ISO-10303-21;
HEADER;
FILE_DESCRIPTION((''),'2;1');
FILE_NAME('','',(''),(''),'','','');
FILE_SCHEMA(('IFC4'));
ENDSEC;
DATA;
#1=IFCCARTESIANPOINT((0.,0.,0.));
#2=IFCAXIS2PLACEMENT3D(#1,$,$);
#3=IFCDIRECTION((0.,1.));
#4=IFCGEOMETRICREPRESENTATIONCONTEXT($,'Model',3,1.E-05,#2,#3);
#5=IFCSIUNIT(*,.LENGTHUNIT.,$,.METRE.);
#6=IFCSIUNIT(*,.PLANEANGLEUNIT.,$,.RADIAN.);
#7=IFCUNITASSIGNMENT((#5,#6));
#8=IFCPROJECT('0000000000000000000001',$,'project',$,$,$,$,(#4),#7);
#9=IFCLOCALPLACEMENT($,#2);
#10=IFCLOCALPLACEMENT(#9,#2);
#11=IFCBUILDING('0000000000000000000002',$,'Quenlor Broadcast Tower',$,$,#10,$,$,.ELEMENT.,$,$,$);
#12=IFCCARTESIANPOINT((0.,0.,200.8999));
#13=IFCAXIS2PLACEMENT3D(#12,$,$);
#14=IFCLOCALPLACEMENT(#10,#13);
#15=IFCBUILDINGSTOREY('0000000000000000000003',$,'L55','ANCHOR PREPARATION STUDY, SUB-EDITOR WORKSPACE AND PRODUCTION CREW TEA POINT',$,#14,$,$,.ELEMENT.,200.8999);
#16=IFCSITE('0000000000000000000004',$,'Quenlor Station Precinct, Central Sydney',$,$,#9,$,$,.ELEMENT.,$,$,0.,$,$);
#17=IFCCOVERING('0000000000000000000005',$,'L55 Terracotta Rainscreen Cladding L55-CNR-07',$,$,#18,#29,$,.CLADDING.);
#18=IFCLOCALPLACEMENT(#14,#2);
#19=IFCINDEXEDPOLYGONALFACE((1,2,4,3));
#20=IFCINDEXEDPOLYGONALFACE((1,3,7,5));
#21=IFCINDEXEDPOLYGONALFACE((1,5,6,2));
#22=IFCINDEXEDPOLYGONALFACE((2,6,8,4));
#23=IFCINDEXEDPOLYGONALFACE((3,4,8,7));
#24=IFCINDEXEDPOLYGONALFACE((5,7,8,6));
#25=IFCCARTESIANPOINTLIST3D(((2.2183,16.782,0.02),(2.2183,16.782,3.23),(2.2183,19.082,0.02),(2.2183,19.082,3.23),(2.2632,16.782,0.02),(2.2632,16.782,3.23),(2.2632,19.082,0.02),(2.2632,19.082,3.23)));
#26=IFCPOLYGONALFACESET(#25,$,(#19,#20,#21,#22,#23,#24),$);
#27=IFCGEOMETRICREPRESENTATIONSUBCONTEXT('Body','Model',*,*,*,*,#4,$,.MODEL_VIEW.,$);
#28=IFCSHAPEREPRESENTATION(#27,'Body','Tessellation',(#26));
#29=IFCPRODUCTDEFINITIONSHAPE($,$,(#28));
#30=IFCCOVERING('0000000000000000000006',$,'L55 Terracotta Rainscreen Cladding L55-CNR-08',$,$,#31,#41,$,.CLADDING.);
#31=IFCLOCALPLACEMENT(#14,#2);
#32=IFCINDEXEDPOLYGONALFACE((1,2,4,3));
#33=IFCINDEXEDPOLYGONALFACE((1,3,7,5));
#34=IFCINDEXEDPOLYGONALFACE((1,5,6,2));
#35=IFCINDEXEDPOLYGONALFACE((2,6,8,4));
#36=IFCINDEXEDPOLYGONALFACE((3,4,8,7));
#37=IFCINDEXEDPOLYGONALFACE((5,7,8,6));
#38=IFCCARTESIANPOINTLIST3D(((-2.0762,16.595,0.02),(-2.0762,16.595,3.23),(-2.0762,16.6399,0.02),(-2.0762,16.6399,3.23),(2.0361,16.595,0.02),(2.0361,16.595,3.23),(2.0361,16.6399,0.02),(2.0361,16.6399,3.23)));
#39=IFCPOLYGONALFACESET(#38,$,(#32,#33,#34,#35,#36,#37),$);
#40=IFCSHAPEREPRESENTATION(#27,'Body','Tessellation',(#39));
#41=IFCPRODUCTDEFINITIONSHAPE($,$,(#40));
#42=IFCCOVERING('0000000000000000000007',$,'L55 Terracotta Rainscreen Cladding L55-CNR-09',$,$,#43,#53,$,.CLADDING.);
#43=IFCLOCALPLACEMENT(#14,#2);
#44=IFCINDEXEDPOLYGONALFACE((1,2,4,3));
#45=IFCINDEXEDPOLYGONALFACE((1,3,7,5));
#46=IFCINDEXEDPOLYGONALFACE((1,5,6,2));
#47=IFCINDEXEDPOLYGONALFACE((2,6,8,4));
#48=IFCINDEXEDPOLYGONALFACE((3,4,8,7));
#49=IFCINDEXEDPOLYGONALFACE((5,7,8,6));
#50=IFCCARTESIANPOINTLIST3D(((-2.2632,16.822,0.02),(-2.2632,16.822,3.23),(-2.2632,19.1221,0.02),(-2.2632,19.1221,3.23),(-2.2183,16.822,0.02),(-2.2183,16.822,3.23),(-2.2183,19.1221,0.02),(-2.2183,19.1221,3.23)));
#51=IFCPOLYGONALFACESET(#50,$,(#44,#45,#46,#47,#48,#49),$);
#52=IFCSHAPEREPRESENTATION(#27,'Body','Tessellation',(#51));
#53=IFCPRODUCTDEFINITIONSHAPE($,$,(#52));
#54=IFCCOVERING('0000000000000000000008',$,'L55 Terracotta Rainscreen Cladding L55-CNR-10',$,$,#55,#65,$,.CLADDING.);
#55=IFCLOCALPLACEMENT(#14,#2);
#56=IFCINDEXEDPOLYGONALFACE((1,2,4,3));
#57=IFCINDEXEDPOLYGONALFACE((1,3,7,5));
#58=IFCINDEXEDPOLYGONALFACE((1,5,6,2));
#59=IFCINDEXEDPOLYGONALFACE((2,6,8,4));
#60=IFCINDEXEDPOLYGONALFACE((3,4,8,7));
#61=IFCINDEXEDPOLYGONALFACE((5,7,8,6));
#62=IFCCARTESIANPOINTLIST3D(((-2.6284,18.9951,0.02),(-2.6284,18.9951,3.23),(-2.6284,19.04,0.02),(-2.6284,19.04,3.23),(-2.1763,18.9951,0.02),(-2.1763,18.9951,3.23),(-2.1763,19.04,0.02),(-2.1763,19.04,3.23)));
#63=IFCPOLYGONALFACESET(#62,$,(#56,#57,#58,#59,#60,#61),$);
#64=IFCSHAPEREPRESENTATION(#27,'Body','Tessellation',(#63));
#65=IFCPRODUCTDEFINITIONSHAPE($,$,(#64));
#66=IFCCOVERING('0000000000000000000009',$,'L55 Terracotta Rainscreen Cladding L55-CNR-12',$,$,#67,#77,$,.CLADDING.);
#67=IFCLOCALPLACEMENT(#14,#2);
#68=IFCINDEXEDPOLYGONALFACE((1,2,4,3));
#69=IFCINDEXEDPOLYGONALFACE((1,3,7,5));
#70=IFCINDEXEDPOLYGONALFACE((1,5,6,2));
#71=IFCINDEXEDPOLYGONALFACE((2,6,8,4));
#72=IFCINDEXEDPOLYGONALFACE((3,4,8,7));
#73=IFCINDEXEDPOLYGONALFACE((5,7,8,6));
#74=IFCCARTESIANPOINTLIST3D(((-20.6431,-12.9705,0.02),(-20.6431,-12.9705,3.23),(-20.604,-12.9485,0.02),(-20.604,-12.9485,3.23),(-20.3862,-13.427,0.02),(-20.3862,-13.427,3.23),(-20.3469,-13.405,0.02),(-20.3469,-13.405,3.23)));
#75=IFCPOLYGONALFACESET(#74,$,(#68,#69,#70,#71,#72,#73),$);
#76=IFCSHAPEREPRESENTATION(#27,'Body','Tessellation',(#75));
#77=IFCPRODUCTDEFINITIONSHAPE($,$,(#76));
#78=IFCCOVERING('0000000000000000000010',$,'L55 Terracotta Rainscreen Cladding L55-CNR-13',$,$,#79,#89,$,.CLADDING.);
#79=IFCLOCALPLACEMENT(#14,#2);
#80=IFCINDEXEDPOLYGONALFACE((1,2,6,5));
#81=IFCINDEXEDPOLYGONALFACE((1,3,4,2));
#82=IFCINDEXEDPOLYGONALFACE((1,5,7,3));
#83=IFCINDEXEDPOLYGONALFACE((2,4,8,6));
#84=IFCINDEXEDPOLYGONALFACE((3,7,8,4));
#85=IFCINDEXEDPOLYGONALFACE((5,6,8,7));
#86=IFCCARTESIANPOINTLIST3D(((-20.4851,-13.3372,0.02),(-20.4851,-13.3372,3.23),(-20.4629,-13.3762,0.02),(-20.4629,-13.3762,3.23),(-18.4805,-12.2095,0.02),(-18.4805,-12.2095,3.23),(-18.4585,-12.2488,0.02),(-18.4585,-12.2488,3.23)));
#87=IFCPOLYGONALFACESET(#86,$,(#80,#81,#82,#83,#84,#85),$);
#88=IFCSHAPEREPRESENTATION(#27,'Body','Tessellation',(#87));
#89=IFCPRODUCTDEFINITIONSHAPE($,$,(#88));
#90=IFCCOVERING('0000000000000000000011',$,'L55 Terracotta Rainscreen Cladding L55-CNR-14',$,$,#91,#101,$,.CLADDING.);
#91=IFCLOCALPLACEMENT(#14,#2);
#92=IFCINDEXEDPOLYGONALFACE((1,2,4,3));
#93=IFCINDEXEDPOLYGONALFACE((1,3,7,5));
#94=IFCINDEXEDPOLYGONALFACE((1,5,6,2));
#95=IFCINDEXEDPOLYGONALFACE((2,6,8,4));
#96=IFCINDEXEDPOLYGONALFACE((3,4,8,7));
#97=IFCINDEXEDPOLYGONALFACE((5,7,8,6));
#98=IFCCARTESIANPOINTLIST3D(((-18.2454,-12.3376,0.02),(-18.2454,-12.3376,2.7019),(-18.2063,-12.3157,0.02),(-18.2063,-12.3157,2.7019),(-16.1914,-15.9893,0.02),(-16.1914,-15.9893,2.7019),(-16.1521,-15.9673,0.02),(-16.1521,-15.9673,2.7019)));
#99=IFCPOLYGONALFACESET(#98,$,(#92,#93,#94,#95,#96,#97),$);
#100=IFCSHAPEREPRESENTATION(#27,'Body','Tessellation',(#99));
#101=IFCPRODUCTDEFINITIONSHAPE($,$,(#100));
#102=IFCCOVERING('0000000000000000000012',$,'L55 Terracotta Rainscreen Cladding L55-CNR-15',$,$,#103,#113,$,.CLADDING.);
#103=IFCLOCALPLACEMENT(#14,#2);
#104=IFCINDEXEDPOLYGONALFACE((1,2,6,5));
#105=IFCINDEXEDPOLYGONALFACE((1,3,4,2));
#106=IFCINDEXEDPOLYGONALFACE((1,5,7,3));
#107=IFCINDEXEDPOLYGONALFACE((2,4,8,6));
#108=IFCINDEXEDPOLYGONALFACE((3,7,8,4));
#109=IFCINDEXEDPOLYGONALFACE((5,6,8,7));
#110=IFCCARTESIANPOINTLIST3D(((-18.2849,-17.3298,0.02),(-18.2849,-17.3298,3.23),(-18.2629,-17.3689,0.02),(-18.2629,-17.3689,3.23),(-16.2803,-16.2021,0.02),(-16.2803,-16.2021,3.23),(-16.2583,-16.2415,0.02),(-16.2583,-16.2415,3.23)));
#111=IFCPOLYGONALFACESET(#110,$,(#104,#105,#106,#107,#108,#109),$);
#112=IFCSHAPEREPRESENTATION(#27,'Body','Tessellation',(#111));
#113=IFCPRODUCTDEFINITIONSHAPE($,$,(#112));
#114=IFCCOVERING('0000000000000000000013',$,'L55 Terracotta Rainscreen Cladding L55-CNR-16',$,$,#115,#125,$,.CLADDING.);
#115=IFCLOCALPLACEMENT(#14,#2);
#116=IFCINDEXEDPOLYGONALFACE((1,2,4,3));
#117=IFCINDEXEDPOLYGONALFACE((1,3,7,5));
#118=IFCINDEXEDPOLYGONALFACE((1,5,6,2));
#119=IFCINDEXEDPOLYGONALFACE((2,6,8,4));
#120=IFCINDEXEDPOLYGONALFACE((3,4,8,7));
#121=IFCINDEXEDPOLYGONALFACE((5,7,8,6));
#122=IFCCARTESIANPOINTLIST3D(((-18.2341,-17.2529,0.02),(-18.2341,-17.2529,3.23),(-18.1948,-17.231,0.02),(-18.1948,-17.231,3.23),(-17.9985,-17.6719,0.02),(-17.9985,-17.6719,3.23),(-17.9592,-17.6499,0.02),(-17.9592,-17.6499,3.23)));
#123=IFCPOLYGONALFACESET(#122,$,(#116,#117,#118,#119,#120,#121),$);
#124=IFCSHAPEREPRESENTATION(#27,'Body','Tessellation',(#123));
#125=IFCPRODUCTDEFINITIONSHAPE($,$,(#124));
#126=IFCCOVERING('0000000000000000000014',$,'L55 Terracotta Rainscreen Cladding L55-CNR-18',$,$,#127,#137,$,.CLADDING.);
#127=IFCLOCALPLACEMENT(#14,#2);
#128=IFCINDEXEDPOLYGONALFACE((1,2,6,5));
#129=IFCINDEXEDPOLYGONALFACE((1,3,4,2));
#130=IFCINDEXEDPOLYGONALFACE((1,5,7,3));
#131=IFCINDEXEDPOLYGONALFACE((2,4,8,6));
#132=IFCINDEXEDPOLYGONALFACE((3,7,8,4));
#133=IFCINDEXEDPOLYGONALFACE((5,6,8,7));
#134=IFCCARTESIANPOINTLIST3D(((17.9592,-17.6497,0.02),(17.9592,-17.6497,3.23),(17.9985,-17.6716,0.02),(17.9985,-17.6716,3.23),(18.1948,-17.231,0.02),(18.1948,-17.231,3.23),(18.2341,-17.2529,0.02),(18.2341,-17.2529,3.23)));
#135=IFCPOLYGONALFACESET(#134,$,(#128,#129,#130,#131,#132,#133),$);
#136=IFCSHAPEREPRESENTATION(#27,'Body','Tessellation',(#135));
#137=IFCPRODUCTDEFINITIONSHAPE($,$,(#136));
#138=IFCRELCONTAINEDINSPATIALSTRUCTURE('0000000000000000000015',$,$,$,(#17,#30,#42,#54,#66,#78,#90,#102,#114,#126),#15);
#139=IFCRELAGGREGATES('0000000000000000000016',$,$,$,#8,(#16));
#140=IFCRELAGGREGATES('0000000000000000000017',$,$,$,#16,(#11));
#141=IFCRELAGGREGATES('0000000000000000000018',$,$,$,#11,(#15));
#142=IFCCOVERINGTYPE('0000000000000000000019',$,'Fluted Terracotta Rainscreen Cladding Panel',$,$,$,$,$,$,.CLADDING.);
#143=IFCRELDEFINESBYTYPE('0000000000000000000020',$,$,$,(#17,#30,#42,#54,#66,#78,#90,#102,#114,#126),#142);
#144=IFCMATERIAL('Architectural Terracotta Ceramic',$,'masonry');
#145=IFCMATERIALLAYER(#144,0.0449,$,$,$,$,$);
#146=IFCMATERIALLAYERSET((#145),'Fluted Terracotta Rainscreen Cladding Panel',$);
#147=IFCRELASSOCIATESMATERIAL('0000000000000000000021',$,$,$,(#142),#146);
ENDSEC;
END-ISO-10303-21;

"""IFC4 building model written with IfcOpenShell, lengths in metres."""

from ifc_helpers import new_model, si_unit, direction, frame, origin, place, context, subcontext, project, spatial, polyline, outline, extrude, material, layer, layer_set, type_object, element, save


model = new_model("IFC4")

# Units and contexts
model_context = context("Model", 3, precision=1e-05, world=origin(), true_north=direction((0.0, 1.0)))
body_context = subcontext(model_context, "Body", "Model", "MODEL_VIEW")
ifc_project = project(units=[si_unit("LENGTHUNIT", "METRE"), si_unit("PLANEANGLEUNIT", "RADIAN")], contexts=[model_context])

# Site, building, storey
site_placement = place(None, origin())
site = spatial("IfcSite", under=ifc_project, at=site_placement, Name="Quenlor Station Precinct, Central Sydney", CompositionType="ELEMENT", RefElevation=0.0)
building_placement = place(site_placement, origin())
building = spatial("IfcBuilding", under=site, at=building_placement, Name="Quenlor Broadcast Tower", CompositionType="ELEMENT")
storey_placement = place(building_placement, frame((0.0, 0.0, 200.8999)))
storey = spatial("IfcBuildingStorey", under=building, at=storey_placement, Name="L55", Description="ANCHOR PREPARATION STUDY, SUB-EDITOR WORKSPACE AND PRODUCTION CREW TEA POINT", CompositionType="ELEMENT", Elevation=200.8999)

# Coverings
ifc_material_1 = material(Name="Architectural Terracotta Ceramic", Category="masonry")
ifc_layer_1 = layer(ifc_material_1, 0.0449)
ifc_layer_set_1 = layer_set([ifc_layer_1], Name="Fluted Terracotta Rainscreen Cladding Panel")
covering_type_1 = type_object("IfcCoveringType", Name="Fluted Terracotta Rainscreen Cladding Panel", PredefinedType="CLADDING", material=ifc_layer_set_1)
covering_1_placement = place(storey_placement, frame((0.0, 0.0, 0.02)))
element("IfcCovering", 1, at=covering_1_placement, inside=storey, type_object=covering_type_1, Name="L55 Terracotta Rainscreen Cladding L55-CNR-07", PredefinedType="CLADDING", context=body_context, shape_type="SweptSolid", body=[
    extrude(outline(polyline([(2.2183, 19.082), (2.2183, 16.782), (2.2632, 16.782), (2.2632, 19.082), (2.2183, 19.082)])), origin(), (0.0, 0.0, 1.0), 3.21),
])
covering_2_placement = place(storey_placement, frame((0.0, 0.0, 0.02)))
element("IfcCovering", 2, at=covering_2_placement, inside=storey, type_object=covering_type_1, Name="L55 Terracotta Rainscreen Cladding L55-CNR-08", PredefinedType="CLADDING", context=body_context, shape_type="SweptSolid", body=[
    extrude(outline(polyline([(2.0361, 16.6399), (-2.0762, 16.6399), (-2.0762, 16.595), (2.0361, 16.595), (2.0361, 16.6399)])), origin(), (0.0, 0.0, 1.0), 3.21),
])
covering_3_placement = place(storey_placement, frame((0.0, 0.0, 0.02)))
element("IfcCovering", 3, at=covering_3_placement, inside=storey, type_object=covering_type_1, Name="L55 Terracotta Rainscreen Cladding L55-CNR-09", PredefinedType="CLADDING", context=body_context, shape_type="SweptSolid", body=[
    extrude(outline(polyline([(-2.2183, 16.822), (-2.2183, 19.1221), (-2.2632, 19.1221), (-2.2632, 16.822), (-2.2183, 16.822)])), origin(), (0.0, 0.0, 1.0), 3.21),
])
covering_4_placement = place(storey_placement, frame((0.0, 0.0, 0.02)))
element("IfcCovering", 4, at=covering_4_placement, inside=storey, type_object=covering_type_1, Name="L55 Terracotta Rainscreen Cladding L55-CNR-10", PredefinedType="CLADDING", context=body_context, shape_type="SweptSolid", body=[
    extrude(outline(polyline([(-2.1763, 19.04), (-2.6284, 19.04), (-2.6284, 18.9951), (-2.1763, 18.9951), (-2.1763, 19.04)])), origin(), (0.0, 0.0, 1.0), 3.21),
])
covering_5_placement = place(storey_placement, frame((0.0, 0.0, 0.02)))
element("IfcCovering", 5, at=covering_5_placement, inside=storey, type_object=covering_type_1, Name="L55 Terracotta Rainscreen Cladding L55-CNR-12", PredefinedType="CLADDING", context=body_context, shape_type="SweptSolid", body=[
    extrude(outline(polyline([(-20.6431, -12.9705), (-20.3862, -13.427), (-20.3469, -13.405), (-20.604, -12.9485), (-20.6431, -12.9705)])), origin(), (0.0, 0.0, 1.0), 3.21),
])
covering_6_placement = place(storey_placement, frame((0.0, 0.0, 0.02)))
element("IfcCovering", 6, at=covering_6_placement, inside=storey, type_object=covering_type_1, Name="L55 Terracotta Rainscreen Cladding L55-CNR-13", PredefinedType="CLADDING", context=body_context, shape_type="SweptSolid", body=[
    extrude(outline(polyline([(-20.4629, -13.3762), (-18.4585, -12.2488), (-18.4805, -12.2095), (-20.4851, -13.3372), (-20.4629, -13.3762)])), origin(), (0.0, 0.0, 1.0), 3.21),
])
covering_7_placement = place(storey_placement, frame((0.0, 0.0, 0.02)))
element("IfcCovering", 7, at=covering_7_placement, inside=storey, type_object=covering_type_1, Name="L55 Terracotta Rainscreen Cladding L55-CNR-14", PredefinedType="CLADDING", context=body_context, shape_type="SweptSolid", body=[
    extrude(outline(polyline([(-18.2454, -12.3376), (-16.1914, -15.9893), (-16.1521, -15.9673), (-18.2063, -12.3157), (-18.2454, -12.3376)])), origin(), (0.0, 0.0, 1.0), 2.6819),
])
covering_8_placement = place(storey_placement, frame((0.0, 0.0, 0.02)))
element("IfcCovering", 8, at=covering_8_placement, inside=storey, type_object=covering_type_1, Name="L55 Terracotta Rainscreen Cladding L55-CNR-15", PredefinedType="CLADDING", context=body_context, shape_type="SweptSolid", body=[
    extrude(outline(polyline([(-16.2803, -16.2021), (-18.2849, -17.3298), (-18.2629, -17.3689), (-16.2583, -16.2415), (-16.2803, -16.2021)])), origin(), (0.0, 0.0, 1.0), 3.21),
])
covering_9_placement = place(storey_placement, frame((0.0, 0.0, 0.02)))
element("IfcCovering", 9, at=covering_9_placement, inside=storey, type_object=covering_type_1, Name="L55 Terracotta Rainscreen Cladding L55-CNR-16", PredefinedType="CLADDING", context=body_context, shape_type="SweptSolid", body=[
    extrude(outline(polyline([(-18.2341, -17.2529), (-17.9985, -17.6719), (-17.9592, -17.6499), (-18.1948, -17.231), (-18.2341, -17.2529)])), origin(), (0.0, 0.0, 1.0), 3.21),
])
covering_10_placement = place(storey_placement, frame((0.0, 0.0, 0.02)))
element("IfcCovering", 10, at=covering_10_placement, inside=storey, type_object=covering_type_1, Name="L55 Terracotta Rainscreen Cladding L55-CNR-18", PredefinedType="CLADDING", context=body_context, shape_type="SweptSolid", body=[
    extrude(outline(polyline([(17.9985, -17.6716), (18.2341, -17.2529), (18.1948, -17.231), (17.9592, -17.6497), (17.9985, -17.6716)])), origin(), (0.0, 0.0, 1.0), 3.21),
])

save(model, "model.ifc")
